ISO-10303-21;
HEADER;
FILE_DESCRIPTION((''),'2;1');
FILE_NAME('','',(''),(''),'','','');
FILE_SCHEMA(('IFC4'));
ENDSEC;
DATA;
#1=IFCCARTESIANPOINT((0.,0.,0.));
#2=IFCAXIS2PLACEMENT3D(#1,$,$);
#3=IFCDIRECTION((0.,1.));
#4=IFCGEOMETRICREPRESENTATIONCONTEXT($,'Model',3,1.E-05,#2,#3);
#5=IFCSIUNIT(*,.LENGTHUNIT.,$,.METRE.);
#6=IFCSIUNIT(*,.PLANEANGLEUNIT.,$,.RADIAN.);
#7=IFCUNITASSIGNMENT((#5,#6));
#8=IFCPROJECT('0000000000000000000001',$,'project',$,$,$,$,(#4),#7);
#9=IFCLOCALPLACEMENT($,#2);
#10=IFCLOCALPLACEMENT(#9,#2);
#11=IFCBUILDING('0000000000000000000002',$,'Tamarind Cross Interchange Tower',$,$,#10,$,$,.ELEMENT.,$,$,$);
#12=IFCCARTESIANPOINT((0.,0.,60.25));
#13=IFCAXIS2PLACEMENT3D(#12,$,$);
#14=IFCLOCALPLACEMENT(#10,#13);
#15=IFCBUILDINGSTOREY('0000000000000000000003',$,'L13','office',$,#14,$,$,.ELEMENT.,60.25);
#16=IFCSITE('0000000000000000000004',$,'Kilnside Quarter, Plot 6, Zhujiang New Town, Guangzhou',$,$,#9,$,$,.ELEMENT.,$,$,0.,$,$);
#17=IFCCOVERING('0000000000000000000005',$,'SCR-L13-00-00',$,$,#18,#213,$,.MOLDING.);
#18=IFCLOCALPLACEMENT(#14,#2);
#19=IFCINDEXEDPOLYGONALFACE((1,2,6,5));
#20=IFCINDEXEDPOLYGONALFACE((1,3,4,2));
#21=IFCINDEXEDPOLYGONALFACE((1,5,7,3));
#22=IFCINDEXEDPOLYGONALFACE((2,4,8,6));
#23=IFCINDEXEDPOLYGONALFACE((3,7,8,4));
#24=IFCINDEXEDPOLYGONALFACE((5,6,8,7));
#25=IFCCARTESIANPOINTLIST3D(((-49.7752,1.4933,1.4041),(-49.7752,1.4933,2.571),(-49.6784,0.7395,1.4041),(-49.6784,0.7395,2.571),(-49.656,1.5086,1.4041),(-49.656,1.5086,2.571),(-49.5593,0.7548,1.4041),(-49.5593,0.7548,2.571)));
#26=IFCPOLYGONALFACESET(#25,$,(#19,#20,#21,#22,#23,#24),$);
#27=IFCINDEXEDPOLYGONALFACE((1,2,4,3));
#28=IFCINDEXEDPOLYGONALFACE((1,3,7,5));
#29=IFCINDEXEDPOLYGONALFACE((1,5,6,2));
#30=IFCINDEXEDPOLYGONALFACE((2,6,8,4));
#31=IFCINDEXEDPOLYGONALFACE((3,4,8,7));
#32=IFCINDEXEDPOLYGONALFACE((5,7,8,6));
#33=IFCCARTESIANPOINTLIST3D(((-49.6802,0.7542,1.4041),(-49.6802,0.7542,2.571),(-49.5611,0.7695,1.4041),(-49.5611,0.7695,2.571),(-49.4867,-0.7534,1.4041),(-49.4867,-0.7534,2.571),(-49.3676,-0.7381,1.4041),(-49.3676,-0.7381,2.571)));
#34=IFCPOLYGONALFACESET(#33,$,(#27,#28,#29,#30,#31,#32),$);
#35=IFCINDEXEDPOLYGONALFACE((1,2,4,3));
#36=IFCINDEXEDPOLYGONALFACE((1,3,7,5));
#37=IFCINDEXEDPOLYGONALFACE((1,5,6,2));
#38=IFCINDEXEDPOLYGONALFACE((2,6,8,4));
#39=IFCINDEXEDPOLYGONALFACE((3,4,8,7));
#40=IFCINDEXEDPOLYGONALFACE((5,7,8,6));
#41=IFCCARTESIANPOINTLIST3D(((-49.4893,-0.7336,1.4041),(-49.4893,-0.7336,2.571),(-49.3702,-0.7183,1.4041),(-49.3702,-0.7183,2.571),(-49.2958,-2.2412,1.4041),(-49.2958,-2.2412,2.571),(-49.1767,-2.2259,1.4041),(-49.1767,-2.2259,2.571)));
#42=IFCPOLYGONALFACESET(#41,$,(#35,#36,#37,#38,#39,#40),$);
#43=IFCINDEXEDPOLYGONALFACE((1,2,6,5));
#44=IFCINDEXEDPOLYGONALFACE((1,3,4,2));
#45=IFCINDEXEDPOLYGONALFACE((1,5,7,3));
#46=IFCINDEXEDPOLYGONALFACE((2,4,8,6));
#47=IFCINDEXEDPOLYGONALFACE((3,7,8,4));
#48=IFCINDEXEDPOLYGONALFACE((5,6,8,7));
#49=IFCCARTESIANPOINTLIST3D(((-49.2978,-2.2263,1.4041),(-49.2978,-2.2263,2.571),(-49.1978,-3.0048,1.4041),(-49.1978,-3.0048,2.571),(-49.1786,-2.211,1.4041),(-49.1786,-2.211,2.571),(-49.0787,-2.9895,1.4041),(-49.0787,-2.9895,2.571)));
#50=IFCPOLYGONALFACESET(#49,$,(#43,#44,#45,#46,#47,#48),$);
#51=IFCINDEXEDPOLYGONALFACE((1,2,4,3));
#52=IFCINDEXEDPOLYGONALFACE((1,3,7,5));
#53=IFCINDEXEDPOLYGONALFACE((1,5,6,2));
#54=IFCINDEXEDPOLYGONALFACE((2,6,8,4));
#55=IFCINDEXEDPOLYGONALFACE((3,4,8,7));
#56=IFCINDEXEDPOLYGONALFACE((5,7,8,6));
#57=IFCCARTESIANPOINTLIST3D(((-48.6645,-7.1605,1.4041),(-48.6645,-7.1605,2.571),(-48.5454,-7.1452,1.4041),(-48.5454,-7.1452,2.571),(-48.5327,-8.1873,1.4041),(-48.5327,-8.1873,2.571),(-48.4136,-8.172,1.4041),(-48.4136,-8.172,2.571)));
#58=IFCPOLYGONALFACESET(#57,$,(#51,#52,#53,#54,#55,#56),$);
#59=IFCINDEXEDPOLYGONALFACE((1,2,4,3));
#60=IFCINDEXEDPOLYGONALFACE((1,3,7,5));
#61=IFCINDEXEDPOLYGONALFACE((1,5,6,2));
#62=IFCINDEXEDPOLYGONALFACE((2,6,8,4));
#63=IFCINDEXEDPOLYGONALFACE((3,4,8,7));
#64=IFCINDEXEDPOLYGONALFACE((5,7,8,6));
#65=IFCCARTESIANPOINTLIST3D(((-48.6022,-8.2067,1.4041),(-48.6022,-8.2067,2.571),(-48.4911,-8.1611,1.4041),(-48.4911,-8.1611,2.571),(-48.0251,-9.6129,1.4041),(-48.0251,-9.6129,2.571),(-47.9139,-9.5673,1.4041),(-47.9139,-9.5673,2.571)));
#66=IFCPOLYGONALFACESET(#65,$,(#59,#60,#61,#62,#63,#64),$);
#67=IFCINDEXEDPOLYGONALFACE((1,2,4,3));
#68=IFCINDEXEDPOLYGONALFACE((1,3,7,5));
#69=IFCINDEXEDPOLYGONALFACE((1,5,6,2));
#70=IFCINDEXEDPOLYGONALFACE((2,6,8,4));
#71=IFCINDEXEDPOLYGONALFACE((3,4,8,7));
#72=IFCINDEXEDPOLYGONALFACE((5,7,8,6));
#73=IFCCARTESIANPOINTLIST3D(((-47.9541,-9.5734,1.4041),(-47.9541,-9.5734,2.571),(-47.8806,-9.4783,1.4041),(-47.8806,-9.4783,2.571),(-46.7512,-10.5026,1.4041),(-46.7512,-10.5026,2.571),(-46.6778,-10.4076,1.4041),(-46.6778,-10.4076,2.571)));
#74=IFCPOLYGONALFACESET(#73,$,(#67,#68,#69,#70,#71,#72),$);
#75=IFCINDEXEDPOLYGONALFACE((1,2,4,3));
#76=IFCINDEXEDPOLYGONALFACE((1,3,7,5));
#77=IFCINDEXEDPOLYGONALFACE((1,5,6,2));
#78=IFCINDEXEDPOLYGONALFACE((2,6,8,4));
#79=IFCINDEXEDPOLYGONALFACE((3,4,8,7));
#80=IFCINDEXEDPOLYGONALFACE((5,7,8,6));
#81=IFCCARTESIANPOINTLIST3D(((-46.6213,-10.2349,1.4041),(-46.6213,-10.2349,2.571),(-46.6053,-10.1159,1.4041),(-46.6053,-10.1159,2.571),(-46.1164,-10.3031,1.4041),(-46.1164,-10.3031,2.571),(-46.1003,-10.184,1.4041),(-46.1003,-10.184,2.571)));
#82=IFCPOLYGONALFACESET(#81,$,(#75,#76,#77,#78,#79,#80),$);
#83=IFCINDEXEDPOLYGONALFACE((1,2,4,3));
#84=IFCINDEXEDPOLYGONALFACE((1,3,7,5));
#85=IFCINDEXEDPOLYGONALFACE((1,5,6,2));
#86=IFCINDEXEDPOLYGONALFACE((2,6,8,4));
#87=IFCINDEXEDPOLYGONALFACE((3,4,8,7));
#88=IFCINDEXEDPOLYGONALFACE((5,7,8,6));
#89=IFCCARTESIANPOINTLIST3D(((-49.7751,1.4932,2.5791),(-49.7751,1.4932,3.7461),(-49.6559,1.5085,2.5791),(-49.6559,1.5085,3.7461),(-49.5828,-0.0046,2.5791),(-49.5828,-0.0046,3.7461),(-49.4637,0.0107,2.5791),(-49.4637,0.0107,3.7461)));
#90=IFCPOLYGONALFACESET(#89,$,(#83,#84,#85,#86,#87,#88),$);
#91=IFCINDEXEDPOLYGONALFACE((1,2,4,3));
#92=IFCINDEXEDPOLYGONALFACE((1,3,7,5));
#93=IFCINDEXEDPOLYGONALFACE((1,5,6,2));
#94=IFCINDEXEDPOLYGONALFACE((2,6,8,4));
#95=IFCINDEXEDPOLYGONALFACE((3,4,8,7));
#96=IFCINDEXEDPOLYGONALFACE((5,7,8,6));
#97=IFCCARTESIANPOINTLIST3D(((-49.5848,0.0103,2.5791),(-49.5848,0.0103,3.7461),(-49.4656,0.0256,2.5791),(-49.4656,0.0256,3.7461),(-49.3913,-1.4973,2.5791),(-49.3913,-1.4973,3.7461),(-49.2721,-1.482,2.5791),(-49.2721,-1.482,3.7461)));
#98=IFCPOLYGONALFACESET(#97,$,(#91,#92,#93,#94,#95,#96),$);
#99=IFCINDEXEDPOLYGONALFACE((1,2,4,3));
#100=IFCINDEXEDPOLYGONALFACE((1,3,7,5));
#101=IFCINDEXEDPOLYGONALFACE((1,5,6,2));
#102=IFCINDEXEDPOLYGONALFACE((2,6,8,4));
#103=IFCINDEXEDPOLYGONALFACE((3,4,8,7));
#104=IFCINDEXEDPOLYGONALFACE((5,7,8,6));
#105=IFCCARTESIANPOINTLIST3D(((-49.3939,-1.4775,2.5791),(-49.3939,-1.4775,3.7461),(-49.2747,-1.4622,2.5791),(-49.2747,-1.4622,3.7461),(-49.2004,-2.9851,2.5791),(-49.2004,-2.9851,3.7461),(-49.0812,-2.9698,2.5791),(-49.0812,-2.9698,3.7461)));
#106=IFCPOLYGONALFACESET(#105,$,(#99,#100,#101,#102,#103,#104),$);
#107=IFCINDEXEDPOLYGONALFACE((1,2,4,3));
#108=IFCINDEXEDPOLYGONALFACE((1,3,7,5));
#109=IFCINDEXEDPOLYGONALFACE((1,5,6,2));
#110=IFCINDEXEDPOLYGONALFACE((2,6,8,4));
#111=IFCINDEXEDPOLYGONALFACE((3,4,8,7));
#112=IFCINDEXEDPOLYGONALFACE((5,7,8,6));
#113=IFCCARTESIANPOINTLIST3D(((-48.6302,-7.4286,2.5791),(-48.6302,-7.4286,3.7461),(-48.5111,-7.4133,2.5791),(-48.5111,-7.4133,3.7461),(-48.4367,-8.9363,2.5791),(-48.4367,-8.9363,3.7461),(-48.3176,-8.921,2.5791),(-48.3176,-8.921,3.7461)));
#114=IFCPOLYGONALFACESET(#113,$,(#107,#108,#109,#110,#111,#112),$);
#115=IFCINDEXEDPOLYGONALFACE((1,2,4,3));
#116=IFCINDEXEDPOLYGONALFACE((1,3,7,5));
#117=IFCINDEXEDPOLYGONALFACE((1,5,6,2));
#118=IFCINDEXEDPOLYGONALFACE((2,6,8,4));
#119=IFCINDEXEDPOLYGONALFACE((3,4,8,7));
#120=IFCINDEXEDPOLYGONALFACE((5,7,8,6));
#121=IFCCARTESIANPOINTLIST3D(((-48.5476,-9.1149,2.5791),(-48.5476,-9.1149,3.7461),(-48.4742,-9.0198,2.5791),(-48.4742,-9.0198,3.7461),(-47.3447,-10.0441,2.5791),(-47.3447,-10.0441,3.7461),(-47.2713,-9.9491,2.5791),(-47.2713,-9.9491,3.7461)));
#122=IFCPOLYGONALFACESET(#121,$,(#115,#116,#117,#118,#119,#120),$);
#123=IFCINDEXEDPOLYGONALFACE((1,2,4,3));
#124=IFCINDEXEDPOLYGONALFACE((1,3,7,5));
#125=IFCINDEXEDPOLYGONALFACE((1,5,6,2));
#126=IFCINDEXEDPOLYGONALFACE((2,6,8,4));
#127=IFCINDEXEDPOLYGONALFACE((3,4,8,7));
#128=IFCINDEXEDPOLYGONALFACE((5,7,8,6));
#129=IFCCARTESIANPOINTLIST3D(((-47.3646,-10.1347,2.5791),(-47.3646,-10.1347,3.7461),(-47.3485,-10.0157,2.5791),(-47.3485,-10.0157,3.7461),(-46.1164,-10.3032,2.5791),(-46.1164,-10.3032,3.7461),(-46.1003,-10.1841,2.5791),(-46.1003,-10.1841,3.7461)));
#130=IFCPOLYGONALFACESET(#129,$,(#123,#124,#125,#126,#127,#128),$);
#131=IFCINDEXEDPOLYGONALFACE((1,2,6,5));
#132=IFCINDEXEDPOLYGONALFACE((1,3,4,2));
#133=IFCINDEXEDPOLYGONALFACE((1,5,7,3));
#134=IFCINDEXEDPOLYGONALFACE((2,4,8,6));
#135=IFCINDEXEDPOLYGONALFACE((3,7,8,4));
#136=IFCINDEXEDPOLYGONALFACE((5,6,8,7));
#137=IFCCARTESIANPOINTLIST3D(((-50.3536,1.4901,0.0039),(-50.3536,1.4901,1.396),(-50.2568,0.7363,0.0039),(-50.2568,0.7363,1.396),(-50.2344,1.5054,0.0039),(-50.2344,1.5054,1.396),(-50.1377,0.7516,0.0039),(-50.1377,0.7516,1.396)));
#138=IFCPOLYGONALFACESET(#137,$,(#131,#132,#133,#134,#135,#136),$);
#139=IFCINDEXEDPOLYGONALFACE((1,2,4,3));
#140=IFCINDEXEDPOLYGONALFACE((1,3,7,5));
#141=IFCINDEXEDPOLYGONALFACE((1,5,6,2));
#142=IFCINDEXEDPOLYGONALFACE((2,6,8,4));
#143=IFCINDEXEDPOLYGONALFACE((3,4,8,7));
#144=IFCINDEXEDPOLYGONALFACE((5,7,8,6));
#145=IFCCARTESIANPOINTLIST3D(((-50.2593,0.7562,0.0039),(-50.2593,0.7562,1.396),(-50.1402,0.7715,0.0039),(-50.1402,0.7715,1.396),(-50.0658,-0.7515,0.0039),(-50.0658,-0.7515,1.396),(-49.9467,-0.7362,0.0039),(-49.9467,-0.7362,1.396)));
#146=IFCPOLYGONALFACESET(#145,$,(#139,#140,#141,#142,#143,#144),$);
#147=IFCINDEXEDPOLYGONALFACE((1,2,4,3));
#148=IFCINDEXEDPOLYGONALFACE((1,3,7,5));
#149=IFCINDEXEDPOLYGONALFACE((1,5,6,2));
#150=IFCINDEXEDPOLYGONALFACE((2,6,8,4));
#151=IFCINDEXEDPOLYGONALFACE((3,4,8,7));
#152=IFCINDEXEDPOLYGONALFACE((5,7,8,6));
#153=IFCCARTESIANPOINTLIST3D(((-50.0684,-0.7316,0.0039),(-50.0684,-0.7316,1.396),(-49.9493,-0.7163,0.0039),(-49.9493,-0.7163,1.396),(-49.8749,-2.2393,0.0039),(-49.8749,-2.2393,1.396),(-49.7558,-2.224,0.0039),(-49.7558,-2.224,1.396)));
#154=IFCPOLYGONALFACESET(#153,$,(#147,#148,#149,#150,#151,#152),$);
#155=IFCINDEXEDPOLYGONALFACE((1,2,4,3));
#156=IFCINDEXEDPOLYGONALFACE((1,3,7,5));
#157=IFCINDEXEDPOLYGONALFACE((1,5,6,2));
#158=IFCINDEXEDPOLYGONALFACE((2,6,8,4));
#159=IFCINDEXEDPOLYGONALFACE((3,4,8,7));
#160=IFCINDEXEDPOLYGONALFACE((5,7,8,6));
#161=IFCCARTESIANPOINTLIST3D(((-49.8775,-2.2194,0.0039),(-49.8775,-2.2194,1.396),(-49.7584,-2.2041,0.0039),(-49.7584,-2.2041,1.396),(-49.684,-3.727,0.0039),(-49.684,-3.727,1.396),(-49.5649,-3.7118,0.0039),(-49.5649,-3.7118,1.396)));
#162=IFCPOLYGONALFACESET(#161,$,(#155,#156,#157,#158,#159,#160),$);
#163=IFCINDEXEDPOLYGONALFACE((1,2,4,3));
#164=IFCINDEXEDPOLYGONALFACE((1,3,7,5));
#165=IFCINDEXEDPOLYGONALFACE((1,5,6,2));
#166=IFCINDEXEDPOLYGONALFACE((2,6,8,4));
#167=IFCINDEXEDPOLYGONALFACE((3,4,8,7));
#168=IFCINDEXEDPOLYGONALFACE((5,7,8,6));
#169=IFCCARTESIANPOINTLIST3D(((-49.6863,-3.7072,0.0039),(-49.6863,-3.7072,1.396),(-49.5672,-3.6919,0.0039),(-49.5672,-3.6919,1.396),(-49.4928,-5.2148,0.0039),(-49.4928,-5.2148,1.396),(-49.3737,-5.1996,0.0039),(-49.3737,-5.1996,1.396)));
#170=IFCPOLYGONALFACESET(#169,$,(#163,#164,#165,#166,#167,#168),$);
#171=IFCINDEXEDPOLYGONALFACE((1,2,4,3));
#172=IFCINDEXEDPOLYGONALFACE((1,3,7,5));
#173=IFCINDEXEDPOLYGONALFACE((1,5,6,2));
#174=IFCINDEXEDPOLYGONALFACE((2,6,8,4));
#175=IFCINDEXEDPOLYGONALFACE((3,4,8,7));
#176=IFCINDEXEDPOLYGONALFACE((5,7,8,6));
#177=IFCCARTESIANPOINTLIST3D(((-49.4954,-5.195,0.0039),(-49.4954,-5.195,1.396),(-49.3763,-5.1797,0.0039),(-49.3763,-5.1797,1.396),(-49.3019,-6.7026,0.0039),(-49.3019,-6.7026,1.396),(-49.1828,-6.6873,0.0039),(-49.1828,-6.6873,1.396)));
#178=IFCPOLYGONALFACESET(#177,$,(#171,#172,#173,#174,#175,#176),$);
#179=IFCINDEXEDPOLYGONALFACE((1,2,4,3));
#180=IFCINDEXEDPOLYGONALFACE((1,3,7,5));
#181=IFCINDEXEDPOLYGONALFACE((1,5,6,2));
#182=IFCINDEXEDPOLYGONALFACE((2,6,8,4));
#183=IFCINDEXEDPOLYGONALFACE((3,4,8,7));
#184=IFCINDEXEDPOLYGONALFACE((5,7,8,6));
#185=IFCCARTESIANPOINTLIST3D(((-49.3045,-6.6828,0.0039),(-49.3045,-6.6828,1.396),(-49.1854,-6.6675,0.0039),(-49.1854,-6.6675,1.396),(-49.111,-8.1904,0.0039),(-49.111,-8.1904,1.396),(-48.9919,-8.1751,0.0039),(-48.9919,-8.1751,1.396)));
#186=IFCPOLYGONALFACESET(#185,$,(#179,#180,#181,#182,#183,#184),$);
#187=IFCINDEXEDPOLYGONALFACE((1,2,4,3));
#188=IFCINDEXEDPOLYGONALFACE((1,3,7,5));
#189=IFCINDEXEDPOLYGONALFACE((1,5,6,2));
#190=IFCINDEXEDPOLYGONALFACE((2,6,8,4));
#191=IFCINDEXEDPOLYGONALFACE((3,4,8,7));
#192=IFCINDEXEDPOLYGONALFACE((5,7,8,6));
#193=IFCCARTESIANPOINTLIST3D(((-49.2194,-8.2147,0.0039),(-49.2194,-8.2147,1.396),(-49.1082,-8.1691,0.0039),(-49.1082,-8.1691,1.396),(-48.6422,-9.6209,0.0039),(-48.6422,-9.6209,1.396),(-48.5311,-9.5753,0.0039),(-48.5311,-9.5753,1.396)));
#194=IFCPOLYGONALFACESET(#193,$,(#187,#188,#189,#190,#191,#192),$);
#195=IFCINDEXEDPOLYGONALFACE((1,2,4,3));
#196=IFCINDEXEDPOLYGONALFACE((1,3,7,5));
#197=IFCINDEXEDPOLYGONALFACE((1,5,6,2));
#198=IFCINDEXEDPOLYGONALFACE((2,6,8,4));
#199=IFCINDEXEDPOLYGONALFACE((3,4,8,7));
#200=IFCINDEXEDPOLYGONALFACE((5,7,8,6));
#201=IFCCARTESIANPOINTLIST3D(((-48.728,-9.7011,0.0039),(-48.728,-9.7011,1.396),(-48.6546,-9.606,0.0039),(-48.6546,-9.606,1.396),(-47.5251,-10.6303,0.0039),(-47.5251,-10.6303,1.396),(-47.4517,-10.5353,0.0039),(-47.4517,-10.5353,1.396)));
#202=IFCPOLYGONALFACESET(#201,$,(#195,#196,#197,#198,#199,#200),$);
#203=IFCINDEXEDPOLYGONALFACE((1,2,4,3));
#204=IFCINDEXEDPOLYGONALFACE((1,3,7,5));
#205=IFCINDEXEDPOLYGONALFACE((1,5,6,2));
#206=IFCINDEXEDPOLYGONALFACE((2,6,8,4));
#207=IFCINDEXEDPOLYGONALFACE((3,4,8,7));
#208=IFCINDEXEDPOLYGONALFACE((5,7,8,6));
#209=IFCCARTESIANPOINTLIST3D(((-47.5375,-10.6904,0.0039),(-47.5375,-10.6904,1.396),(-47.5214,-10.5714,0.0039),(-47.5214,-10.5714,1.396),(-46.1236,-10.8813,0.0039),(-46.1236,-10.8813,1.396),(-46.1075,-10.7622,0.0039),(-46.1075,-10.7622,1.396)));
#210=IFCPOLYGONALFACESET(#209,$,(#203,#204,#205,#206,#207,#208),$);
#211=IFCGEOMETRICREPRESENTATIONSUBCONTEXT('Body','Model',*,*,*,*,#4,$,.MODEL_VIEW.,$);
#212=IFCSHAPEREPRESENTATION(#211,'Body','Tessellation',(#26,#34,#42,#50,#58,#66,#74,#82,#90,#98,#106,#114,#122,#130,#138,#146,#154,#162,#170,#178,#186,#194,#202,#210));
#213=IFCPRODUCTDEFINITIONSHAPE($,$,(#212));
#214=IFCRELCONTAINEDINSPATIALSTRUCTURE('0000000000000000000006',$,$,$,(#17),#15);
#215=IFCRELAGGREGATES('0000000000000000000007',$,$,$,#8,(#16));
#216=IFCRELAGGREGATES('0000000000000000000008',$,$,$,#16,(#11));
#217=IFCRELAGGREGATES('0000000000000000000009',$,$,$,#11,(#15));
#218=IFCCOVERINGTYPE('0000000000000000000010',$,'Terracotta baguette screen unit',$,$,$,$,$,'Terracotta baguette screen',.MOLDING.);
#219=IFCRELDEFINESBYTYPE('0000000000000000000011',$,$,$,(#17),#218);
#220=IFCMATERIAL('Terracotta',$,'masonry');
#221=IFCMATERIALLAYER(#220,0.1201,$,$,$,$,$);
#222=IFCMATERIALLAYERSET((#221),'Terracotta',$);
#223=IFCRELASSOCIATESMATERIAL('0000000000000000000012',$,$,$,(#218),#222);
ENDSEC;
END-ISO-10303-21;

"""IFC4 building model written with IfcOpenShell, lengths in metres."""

from ifc_helpers import new_model, si_unit, direction, frame, origin, origin_2d, place, context, subcontext, project, spatial, rectangle, extrude, material, layer, layer_set, type_object, element, save


model = new_model("IFC4")

# Units and contexts
model_context = context("Model", 3, precision=1e-05, world=origin(), true_north=direction((0.0, 1.0)))
body_context = subcontext(model_context, "Body", "Model", "MODEL_VIEW")
ifc_project = project(units=[si_unit("LENGTHUNIT", "METRE"), si_unit("PLANEANGLEUNIT", "RADIAN")], contexts=[model_context])

# Site, building, storey
site_placement = place(None, origin())
site = spatial("IfcSite", under=ifc_project, at=site_placement, Name="Kilnside Quarter, Plot 6, Zhujiang New Town, Guangzhou", CompositionType="ELEMENT", RefElevation=0.0)
building_placement = place(site_placement, origin())
building = spatial("IfcBuilding", under=site, at=building_placement, Name="Tamarind Cross Interchange Tower", CompositionType="ELEMENT")
storey_placement = place(building_placement, frame((0.0, 0.0, 60.25)))
storey = spatial("IfcBuildingStorey", under=building, at=storey_placement, Name="L13", Description="office", CompositionType="ELEMENT", Elevation=60.25)

# Covering
ifc_material_1 = material(Name="Terracotta", Category="masonry")
ifc_layer_1 = layer(ifc_material_1, 0.1201)
ifc_layer_set_1 = layer_set([ifc_layer_1], Name="Terracotta")
covering_type = type_object("IfcCoveringType", Name="Terracotta baguette screen unit", ElementType="Terracotta baguette screen", PredefinedType="MOLDING", material=ifc_layer_set_1)
covering_1_placement = place(storey_placement, origin())
element("IfcCovering", 1, at=covering_1_placement, inside=storey, type_object=covering_type, Name="SCR-L13-00-00", PredefinedType="MOLDING", context=body_context, shape_type="SweptSolid", body=[
    extrude(rectangle(XDim=0.76, YDim=0.1201, at=origin_2d()), frame((-49.6672, 1.124, 1.4041), z_axis=(0.0, 0.0, 1.0), x_axis=(0.1273, -0.991864, 0.0)), (0.0, 0.0, 1.0), 1.167),
    extrude(rectangle(XDim=1.52, YDim=0.1201, at=origin_2d()), frame((-49.5239, 0.0081, 1.4041), z_axis=(0.0, 0.0, 1.0), x_axis=(0.1273, -0.991864, 0.0)), (0.0, 0.0, 1.0), 1.167),
    extrude(rectangle(XDim=1.52, YDim=0.1201, at=origin_2d()), frame((-49.333, -1.4797, 1.4041), z_axis=(0.0, 0.0, 1.0), x_axis=(0.1273, -0.991864, 0.0)), (0.0, 0.0, 1.0), 1.167),
    extrude(rectangle(XDim=0.7849, YDim=0.1201, at=origin_2d()), frame((-49.1882, -2.6079, 1.4041), z_axis=(0.0, 0.0, 1.0), x_axis=(0.1273, -0.991864, 0.0)), (0.0, 0.0, 1.0), 1.167),
    extrude(rectangle(XDim=1.0352, YDim=0.1201, at=origin_2d()), frame((-48.5391, -7.6663, 1.4041), z_axis=(0.0, 0.0, 1.0), x_axis=(0.1273, -0.991864, 0.0)), (0.0, 0.0, 1.0), 1.167),
    extrude(rectangle(XDim=1.52, YDim=0.1201, at=origin_2d()), frame((-48.2581, -8.887, 1.4041), z_axis=(0.0, 0.0, 1.0), x_axis=(0.379676, -0.92512, 0.0)), (0.0, 0.0, 1.0), 1.167),
    extrude(rectangle(XDim=1.52, YDim=0.1201, at=origin_2d()), frame((-47.3159, -9.9905, 1.4041), z_axis=(0.0, 0.0, 1.0), x_axis=(0.791369, -0.611339, 0.0)), (0.0, 0.0, 1.0), 1.167),
    extrude(rectangle(XDim=0.5095, YDim=0.1201, at=origin_2d()), frame((-46.3608, -10.2095, 1.4041), z_axis=(0.0, 0.0, 1.0), x_axis=(0.991015, -0.133751, 0.0)), (0.0, 0.0, 1.0), 1.167),
    extrude(rectangle(XDim=1.51, YDim=0.1201, at=origin_2d()), frame((-49.6194, 0.752, 2.5791), z_axis=(0.0, 0.0, 1.0), x_axis=(0.1273, -0.991864, 0.0)), (0.0, 0.0, 1.0), 1.167),
    extrude(rectangle(XDim=1.52, YDim=0.1201, at=origin_2d()), frame((-49.4285, -0.7358, 2.5791), z_axis=(0.0, 0.0, 1.0), x_axis=(0.1273, -0.991864, 0.0)), (0.0, 0.0, 1.0), 1.167),
    extrude(rectangle(XDim=1.52, YDim=0.1201, at=origin_2d()), frame((-49.2375, -2.2236, 2.5791), z_axis=(0.0, 0.0, 1.0), x_axis=(0.1273, -0.991864, 0.0)), (0.0, 0.0, 1.0), 1.167),
    extrude(rectangle(XDim=1.52, YDim=0.1201, at=origin_2d()), frame((-48.4739, -8.1748, 2.5791), z_axis=(0.0, 0.0, 1.0), x_axis=(0.1273, -0.991864, 0.0)), (0.0, 0.0, 1.0), 1.167),
    extrude(rectangle(XDim=1.52, YDim=0.1201, at=origin_2d()), frame((-47.9094, -9.532, 2.5791), z_axis=(0.0, 0.0, 1.0), x_axis=(0.791369, -0.611339, 0.0)), (0.0, 0.0, 1.0), 1.167),
    extrude(rectangle(XDim=1.2595, YDim=0.1201, at=origin_2d()), frame((-46.7324, -10.1594, 2.5791), z_axis=(0.0, 0.0, 1.0), x_axis=(0.991015, -0.133751, 0.0)), (0.0, 0.0, 1.0), 1.167),
    extrude(rectangle(XDim=0.76, YDim=0.1201, at=origin_2d()), frame((-50.2456, 1.1208, 0.0039), z_axis=(0.0, 0.0, 1.0), x_axis=(0.1273, -0.991864, 0.0)), (0.0, 0.0, 1.0), 1.3921),
    extrude(rectangle(XDim=1.52, YDim=0.1201, at=origin_2d()), frame((-50.103, 0.01, 0.0039), z_axis=(0.0, 0.0, 1.0), x_axis=(0.1273, -0.991864, 0.0)), (0.0, 0.0, 1.0), 1.3921),
    extrude(rectangle(XDim=1.52, YDim=0.1201, at=origin_2d()), frame((-49.9121, -1.4778, 0.0039), z_axis=(0.0, 0.0, 1.0), x_axis=(0.1273, -0.991864, 0.0)), (0.0, 0.0, 1.0), 1.3921),
    extrude(rectangle(XDim=1.52, YDim=0.1201, at=origin_2d()), frame((-49.7212, -2.9656, 0.0039), z_axis=(0.0, 0.0, 1.0), x_axis=(0.1273, -0.991864, 0.0)), (0.0, 0.0, 1.0), 1.3921),
    extrude(rectangle(XDim=1.52, YDim=0.1201, at=origin_2d()), frame((-49.53, -4.4534, 0.0039), z_axis=(0.0, 0.0, 1.0), x_axis=(0.1273, -0.991864, 0.0)), (0.0, 0.0, 1.0), 1.3921),
    extrude(rectangle(XDim=1.52, YDim=0.1201, at=origin_2d()), frame((-49.3391, -5.9412, 0.0039), z_axis=(0.0, 0.0, 1.0), x_axis=(0.1273, -0.991864, 0.0)), (0.0, 0.0, 1.0), 1.3921),
    extrude(rectangle(XDim=1.52, YDim=0.1201, at=origin_2d()), frame((-49.1482, -7.429, 0.0039), z_axis=(0.0, 0.0, 1.0), x_axis=(0.1273, -0.991864, 0.0)), (0.0, 0.0, 1.0), 1.3921),
    extrude(rectangle(XDim=1.52, YDim=0.1201, at=origin_2d()), frame((-48.8752, -8.895, 0.0039), z_axis=(0.0, 0.0, 1.0), x_axis=(0.379676, -0.92512, 0.0)), (0.0, 0.0, 1.0), 1.3921),
    extrude(rectangle(XDim=1.52, YDim=0.1201, at=origin_2d()), frame((-48.0898, -10.1182, 0.0039), z_axis=(0.0, 0.0, 1.0), x_axis=(0.791369, -0.611339, 0.0)), (0.0, 0.0, 1.0), 1.3921),
    extrude(rectangle(XDim=1.4268, YDim=0.1201, at=origin_2d()), frame((-46.8225, -10.7263, 0.0039), z_axis=(0.0, 0.0, 1.0), x_axis=(0.991015, -0.133751, 0.0)), (0.0, 0.0, 1.0), 1.3921),
])

save(model, "model.ifc")
